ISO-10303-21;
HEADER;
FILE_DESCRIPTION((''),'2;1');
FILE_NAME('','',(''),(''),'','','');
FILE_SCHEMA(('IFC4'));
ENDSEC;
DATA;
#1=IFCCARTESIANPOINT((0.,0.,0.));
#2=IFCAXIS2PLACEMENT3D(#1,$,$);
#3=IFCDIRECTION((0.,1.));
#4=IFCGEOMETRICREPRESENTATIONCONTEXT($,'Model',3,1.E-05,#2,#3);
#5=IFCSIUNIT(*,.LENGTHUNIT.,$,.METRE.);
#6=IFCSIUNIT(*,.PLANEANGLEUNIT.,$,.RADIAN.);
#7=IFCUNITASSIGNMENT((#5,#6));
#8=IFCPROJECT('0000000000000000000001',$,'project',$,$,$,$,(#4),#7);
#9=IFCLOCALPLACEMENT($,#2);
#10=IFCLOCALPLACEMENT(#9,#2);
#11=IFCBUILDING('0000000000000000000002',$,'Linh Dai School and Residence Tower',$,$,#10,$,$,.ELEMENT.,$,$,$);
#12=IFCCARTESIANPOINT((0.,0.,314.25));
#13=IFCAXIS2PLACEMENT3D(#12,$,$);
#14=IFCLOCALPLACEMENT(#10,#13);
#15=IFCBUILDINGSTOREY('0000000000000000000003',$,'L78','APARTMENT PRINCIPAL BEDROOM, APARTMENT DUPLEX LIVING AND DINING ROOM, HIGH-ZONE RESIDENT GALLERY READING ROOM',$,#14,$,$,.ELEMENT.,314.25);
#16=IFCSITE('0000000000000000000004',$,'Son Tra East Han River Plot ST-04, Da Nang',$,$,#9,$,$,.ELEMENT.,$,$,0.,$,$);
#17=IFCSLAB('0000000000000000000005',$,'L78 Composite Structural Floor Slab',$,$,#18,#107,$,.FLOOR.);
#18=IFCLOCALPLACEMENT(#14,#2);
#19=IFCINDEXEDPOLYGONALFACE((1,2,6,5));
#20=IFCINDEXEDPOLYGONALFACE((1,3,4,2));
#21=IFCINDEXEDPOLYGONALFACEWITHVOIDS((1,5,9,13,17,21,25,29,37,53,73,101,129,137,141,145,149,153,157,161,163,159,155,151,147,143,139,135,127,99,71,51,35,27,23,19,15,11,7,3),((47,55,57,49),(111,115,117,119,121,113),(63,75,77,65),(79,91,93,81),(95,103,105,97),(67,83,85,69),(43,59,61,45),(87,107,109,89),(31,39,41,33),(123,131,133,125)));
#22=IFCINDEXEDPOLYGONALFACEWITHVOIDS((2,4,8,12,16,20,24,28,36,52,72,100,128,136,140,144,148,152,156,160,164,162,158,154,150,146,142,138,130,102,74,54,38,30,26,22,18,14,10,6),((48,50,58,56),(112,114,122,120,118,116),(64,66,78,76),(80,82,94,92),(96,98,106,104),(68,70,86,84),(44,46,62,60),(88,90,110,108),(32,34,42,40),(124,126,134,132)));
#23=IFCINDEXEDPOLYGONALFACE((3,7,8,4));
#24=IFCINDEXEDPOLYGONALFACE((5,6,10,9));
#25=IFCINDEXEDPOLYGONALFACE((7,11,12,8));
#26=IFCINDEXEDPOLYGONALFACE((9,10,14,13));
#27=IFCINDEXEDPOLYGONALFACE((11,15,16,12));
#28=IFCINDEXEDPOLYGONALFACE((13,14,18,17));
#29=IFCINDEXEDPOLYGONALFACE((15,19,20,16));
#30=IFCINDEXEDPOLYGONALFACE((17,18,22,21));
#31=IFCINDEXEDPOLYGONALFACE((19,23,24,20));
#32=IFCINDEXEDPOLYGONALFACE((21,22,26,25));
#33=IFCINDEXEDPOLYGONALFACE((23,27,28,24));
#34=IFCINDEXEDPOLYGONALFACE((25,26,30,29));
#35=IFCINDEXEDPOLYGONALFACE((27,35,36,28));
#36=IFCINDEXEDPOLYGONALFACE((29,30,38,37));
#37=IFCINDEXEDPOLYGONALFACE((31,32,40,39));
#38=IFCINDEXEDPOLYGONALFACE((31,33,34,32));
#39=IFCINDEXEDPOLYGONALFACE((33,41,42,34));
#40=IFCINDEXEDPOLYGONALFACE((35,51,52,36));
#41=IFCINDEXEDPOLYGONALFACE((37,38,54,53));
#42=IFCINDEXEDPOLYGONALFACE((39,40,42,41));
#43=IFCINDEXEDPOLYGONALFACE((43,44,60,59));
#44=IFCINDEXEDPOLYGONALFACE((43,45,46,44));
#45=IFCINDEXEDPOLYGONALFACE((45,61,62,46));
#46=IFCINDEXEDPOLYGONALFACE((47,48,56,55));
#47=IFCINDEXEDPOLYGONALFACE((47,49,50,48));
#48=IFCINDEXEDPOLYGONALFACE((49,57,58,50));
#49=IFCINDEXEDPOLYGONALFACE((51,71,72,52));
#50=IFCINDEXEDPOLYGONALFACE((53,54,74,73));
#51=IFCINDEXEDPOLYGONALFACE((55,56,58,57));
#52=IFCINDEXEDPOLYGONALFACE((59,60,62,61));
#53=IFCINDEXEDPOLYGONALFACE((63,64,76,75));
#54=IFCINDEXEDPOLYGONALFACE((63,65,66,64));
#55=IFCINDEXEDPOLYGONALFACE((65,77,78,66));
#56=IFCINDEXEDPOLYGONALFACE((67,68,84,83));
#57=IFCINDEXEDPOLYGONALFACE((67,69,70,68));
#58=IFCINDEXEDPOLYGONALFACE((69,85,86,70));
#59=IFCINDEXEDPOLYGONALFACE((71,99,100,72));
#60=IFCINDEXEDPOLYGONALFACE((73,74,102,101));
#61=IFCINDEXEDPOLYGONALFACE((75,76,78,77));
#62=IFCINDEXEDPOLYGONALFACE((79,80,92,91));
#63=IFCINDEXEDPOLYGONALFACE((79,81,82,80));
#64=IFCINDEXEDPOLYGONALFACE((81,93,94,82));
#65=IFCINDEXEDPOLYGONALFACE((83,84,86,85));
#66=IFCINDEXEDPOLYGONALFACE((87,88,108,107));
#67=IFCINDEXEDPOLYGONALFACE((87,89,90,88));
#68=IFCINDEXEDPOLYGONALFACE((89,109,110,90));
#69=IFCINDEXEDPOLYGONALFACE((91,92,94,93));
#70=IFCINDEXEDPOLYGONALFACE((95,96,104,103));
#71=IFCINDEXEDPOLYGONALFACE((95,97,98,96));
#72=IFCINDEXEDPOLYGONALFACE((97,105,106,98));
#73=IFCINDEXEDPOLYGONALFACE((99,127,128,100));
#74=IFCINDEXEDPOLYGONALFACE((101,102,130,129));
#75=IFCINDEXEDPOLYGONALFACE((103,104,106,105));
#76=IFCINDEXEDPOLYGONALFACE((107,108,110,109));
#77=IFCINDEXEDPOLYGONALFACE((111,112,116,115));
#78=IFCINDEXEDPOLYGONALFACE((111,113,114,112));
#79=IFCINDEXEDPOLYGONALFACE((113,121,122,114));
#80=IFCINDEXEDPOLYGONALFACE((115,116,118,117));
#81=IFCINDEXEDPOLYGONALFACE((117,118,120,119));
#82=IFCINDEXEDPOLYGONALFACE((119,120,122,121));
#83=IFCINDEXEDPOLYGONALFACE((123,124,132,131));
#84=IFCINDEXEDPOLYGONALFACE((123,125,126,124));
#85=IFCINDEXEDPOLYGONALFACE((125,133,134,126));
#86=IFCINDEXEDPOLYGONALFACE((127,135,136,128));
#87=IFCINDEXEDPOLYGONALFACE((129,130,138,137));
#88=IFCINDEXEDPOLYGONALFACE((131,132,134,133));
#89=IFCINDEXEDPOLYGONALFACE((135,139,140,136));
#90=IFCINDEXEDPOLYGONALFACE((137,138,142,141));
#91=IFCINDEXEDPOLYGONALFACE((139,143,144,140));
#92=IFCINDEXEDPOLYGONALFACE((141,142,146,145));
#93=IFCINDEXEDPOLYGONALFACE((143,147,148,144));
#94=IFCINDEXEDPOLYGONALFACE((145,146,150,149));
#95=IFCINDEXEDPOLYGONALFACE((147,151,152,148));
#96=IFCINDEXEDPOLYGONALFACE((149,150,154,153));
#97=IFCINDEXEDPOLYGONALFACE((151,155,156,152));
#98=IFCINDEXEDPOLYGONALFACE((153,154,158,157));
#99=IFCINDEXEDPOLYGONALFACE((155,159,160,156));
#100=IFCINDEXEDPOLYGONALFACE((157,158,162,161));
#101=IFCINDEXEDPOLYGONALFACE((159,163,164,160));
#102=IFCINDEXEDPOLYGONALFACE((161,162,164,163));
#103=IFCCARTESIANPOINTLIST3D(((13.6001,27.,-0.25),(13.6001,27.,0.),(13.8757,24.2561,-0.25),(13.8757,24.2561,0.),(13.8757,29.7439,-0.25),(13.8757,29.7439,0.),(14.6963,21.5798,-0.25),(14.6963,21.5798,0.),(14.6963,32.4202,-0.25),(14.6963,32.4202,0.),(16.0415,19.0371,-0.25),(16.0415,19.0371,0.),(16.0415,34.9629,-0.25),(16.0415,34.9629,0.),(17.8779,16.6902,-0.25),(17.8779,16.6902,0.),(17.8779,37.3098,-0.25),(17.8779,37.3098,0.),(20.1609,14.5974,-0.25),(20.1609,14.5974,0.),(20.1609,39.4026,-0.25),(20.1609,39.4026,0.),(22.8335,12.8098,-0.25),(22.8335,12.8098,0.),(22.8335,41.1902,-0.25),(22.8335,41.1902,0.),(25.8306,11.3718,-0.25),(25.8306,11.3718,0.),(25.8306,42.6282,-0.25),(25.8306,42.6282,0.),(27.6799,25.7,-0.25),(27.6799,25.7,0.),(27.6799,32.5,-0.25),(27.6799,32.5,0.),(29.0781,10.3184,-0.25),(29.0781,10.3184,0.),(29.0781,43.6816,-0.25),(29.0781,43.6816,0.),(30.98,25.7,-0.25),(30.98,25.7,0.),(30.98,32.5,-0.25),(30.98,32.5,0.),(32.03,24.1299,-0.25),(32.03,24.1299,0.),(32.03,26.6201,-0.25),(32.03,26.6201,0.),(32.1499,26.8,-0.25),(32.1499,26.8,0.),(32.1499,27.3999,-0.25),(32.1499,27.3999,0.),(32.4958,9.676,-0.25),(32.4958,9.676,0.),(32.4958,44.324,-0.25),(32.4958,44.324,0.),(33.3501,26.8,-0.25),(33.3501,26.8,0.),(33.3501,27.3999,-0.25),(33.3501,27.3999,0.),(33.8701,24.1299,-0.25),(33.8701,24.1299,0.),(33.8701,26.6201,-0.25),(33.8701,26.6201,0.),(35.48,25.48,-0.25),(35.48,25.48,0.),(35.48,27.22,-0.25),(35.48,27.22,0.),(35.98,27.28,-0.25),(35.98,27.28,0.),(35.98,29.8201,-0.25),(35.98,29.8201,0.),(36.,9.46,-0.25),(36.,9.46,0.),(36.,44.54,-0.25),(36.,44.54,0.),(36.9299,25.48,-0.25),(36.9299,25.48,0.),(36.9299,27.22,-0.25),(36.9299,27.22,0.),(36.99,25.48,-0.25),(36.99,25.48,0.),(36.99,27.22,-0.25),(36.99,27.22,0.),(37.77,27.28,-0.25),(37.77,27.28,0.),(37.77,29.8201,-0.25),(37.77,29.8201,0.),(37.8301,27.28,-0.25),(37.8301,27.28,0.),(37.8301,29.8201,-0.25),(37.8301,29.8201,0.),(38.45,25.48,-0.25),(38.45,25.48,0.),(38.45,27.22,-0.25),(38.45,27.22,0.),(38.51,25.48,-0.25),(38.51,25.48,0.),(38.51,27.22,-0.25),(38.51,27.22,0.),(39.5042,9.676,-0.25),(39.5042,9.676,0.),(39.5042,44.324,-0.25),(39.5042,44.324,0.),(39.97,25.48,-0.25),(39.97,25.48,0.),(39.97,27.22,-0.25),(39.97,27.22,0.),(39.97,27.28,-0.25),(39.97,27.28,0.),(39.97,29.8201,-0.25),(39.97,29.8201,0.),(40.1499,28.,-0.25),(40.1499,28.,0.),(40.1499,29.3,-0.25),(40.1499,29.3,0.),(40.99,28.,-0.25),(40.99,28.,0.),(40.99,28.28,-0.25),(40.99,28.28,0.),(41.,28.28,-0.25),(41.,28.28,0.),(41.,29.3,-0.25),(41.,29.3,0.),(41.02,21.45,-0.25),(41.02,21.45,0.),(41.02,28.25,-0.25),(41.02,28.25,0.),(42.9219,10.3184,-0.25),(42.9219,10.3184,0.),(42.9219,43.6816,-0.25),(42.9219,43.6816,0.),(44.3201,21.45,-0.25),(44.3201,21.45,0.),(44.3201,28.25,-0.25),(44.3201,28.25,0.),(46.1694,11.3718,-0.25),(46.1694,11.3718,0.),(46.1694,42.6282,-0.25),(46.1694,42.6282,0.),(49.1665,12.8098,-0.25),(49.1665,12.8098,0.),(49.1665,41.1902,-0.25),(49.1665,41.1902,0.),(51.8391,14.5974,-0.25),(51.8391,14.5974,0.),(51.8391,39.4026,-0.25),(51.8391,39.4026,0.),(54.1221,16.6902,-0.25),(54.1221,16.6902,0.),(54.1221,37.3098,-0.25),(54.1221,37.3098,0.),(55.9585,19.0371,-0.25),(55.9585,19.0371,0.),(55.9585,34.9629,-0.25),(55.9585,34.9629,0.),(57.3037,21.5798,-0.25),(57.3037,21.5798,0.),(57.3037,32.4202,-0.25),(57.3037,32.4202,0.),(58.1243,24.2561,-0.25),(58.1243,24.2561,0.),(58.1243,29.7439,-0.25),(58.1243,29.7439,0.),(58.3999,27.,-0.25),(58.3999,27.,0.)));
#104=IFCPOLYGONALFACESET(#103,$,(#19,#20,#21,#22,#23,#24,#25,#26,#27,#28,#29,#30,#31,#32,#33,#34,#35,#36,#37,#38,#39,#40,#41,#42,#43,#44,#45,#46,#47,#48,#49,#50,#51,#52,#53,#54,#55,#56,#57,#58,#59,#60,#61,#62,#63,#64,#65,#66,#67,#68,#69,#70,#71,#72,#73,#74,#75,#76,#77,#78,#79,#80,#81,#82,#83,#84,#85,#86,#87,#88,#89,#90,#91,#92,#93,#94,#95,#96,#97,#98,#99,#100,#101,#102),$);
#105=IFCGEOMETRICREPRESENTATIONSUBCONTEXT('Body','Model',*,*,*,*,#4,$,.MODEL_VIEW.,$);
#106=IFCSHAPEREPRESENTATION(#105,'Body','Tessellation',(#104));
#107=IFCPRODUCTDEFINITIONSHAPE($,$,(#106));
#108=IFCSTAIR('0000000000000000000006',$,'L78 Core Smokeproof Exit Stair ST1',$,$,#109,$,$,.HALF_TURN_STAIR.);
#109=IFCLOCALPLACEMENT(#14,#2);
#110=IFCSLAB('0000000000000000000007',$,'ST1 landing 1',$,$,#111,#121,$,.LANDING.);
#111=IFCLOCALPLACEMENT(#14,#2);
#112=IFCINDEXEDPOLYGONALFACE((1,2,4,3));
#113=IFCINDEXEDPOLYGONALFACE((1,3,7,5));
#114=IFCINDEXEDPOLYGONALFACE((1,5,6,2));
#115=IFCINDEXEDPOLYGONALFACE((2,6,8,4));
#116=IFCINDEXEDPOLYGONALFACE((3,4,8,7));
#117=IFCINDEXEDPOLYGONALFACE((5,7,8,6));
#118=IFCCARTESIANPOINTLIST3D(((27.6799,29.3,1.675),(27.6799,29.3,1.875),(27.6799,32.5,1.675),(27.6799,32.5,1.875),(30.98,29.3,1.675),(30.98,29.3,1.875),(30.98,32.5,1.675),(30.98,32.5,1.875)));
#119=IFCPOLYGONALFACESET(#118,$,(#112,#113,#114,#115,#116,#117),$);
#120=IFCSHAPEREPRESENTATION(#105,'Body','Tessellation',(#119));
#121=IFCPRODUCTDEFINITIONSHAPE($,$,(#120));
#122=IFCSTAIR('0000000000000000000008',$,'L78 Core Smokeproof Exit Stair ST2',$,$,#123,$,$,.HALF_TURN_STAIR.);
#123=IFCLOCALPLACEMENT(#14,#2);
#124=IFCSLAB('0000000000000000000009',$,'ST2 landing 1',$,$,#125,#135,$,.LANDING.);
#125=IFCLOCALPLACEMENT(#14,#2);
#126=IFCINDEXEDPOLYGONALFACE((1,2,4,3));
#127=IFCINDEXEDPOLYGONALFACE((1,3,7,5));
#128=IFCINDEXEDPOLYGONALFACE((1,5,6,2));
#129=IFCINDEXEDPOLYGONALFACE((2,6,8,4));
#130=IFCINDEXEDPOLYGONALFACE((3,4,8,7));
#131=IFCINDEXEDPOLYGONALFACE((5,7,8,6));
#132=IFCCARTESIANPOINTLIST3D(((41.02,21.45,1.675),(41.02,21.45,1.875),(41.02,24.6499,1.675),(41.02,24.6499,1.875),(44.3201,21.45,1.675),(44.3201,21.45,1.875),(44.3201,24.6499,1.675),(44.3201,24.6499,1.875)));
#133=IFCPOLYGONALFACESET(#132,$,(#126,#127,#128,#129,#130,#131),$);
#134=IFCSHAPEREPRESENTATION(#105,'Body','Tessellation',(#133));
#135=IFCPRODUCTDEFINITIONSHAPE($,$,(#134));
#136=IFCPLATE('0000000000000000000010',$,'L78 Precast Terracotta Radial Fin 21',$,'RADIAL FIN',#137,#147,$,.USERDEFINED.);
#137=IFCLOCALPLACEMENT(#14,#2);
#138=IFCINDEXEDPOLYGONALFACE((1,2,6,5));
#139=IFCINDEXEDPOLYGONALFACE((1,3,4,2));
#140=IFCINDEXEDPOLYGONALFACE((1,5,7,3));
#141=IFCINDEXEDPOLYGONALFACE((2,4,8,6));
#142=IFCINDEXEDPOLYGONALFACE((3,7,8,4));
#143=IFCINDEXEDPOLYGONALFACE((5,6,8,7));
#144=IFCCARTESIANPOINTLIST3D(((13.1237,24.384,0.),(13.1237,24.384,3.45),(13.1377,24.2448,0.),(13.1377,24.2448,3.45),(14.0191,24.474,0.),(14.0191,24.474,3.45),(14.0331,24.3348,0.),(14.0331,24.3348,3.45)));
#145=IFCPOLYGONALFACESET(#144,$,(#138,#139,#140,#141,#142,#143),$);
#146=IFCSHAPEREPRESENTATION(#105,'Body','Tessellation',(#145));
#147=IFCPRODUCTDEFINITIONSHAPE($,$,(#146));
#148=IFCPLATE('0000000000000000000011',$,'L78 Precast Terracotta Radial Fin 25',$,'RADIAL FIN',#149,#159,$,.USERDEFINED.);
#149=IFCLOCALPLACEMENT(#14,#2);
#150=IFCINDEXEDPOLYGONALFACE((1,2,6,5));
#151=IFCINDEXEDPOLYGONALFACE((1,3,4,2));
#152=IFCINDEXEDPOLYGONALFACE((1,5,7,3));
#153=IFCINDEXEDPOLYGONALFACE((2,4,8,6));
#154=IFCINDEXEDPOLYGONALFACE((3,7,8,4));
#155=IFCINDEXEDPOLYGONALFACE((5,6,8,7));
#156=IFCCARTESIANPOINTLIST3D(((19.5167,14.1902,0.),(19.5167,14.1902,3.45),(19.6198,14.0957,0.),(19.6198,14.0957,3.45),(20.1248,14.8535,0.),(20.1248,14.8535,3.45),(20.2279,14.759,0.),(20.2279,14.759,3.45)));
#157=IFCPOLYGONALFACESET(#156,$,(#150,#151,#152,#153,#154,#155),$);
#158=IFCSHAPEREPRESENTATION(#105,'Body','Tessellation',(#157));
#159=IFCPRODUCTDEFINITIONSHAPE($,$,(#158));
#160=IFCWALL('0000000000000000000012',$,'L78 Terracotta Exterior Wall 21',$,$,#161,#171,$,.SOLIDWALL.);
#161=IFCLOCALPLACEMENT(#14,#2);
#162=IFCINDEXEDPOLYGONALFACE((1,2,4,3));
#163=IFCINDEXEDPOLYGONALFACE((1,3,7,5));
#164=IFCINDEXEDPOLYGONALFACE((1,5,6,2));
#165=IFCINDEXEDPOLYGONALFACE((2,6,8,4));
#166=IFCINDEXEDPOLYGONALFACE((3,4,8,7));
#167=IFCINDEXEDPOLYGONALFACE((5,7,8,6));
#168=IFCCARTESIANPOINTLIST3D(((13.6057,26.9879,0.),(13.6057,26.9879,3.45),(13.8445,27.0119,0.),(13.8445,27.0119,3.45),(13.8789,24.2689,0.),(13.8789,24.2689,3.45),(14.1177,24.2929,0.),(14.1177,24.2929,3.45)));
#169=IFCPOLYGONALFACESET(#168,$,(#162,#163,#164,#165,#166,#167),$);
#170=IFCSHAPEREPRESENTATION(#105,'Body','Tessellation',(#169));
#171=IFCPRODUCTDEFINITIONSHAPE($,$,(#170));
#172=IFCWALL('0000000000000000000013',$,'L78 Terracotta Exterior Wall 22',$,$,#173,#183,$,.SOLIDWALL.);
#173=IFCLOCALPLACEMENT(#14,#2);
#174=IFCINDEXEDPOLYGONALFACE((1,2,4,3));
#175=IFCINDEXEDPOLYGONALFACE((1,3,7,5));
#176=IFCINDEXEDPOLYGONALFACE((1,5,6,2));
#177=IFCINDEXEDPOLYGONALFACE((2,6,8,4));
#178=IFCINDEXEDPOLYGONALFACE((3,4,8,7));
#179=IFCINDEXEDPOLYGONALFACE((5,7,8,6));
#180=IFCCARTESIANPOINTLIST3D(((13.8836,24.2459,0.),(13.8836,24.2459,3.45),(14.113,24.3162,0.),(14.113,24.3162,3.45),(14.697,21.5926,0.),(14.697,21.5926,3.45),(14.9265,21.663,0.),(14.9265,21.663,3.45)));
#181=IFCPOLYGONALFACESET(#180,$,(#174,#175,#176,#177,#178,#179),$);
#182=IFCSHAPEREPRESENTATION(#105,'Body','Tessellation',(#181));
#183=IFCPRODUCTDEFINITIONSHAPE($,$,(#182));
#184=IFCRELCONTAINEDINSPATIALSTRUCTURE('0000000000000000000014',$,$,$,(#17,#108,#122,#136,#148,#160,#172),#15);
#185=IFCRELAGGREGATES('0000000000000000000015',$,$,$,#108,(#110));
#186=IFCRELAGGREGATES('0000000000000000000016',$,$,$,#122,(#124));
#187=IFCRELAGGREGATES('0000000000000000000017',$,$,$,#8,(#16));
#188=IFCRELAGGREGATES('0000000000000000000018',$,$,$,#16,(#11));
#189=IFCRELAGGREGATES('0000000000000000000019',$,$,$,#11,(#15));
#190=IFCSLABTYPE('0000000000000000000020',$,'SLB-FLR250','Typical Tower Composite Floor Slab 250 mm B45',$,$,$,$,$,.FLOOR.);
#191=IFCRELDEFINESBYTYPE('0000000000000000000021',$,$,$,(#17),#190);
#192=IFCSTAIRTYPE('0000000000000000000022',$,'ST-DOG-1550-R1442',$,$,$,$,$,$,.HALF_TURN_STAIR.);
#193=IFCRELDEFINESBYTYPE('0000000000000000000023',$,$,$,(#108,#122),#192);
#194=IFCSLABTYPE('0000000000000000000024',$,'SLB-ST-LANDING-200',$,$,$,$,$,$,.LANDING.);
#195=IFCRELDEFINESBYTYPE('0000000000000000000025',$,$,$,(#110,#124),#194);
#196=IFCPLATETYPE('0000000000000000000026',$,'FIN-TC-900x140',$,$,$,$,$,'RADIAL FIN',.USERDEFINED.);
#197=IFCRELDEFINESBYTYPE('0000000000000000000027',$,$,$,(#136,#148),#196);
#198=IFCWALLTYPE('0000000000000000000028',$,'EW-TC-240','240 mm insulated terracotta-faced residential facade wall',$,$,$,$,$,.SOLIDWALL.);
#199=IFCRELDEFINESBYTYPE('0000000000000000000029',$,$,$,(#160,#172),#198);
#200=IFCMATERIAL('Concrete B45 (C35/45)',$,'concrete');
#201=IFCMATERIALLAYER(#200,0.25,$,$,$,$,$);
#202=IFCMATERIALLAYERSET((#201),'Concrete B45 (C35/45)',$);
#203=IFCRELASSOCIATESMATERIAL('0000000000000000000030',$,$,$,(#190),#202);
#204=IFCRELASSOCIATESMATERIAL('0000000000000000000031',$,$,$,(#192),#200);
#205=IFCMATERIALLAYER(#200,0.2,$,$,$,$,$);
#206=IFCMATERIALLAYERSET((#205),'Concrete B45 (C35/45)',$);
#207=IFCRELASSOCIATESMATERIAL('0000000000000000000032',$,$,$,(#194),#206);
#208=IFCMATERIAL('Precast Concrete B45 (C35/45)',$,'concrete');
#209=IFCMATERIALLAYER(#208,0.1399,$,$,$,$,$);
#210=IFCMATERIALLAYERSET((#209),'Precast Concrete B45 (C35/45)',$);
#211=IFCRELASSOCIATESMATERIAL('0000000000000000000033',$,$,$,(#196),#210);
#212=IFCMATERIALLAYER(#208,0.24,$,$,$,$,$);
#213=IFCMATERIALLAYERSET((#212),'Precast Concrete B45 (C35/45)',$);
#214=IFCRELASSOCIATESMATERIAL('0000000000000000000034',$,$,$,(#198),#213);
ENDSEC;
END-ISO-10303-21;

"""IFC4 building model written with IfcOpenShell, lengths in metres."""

from ifc_helpers import new_model, si_unit, direction, frame, frame_2d, origin, origin_2d, place, context, subcontext, project, spatial, polyline, rectangle, outline, extrude, source, transform, mapped, material, layer, layer_set, type_object, element, aggregate, save


model = new_model("IFC4")

# Units and contexts
model_context = context("Model", 3, precision=1e-05, world=origin(), true_north=direction((0.0, 1.0)))
body_context = subcontext(model_context, "Body", "Model", "MODEL_VIEW")
ifc_project = project(units=[si_unit("LENGTHUNIT", "METRE"), si_unit("PLANEANGLEUNIT", "RADIAN")], contexts=[model_context])

# Site, building, storey
site_placement = place(None, origin())
site = spatial("IfcSite", under=ifc_project, at=site_placement, Name="Son Tra East Han River Plot ST-04, Da Nang", CompositionType="ELEMENT", RefElevation=0.0)
building_placement = place(site_placement, origin())
building = spatial("IfcBuilding", under=site, at=building_placement, Name="Linh Dai School and Residence Tower", CompositionType="ELEMENT")
storey_placement = place(building_placement, frame((0.0, 0.0, 314.25)))
storey = spatial("IfcBuildingStorey", under=building, at=storey_placement, Name="L78", Description="APARTMENT PRINCIPAL BEDROOM, APARTMENT DUPLEX LIVING AND DINING ROOM, HIGH-ZONE RESIDENT GALLERY READING ROOM", CompositionType="ELEMENT", Elevation=314.25)

# Slab
ifc_material_1 = material(Name="Concrete B45 (C35/45)", Category="concrete")
ifc_layer_1 = layer(ifc_material_1, 0.25)
ifc_layer_set_1 = layer_set([ifc_layer_1], Name="Concrete B45 (C35/45)")
slab_type_1 = type_object("IfcSlabType", Name="SLB-FLR250", Description="Typical Tower Composite Floor Slab 250 mm B45", PredefinedType="FLOOR", material=ifc_layer_set_1)
slab_1_placement = place(storey_placement, frame((0.0, 0.0, -0.25)))
element("IfcSlab", 1, at=slab_1_placement, inside=storey, type_object=slab_type_1, Name="L78 Composite Structural Floor Slab", PredefinedType="FLOOR", context=body_context, shape_type="SweptSolid", body=[
    extrude(outline(polyline([(58.3999, 27.0), (58.1243, 29.7439), (57.3037, 32.4202), (55.9585, 34.9629), (54.1221, 37.3098), (51.8391, 39.4026), (49.1665, 41.1902), (46.1694, 42.6282), (42.9219, 43.6816), (39.5042, 44.324), (36.0, 44.54), (32.4958, 44.324), (29.0781, 43.6816), (25.8306, 42.6282), (22.8335, 41.1902), (20.1609, 39.4026), (17.8779, 37.3098), (16.0415, 34.9629), (14.6963, 32.4202), (13.8757, 29.7439), (13.6001, 27.0), (13.8757, 24.2561), (14.6963, 21.5798), (16.0415, 19.0371), (17.8779, 16.6902), (20.1609, 14.5974), (22.8335, 12.8098), (25.8306, 11.3718), (29.0781, 10.3184), (32.4958, 9.676), (36.0, 9.46), (39.5042, 9.676), (42.9219, 10.3184), (46.1694, 11.3718), (49.1665, 12.8098), (51.8391, 14.5974), (54.1221, 16.6902), (55.9585, 19.0371), (57.3037, 21.5798), (58.1243, 24.2561), (58.3999, 27.0)]), holes=[polyline([(30.98, 25.7), (30.98, 32.5), (27.6799, 32.5), (27.6799, 25.7), (30.98, 25.7)]), polyline([(41.02, 28.25), (41.02, 21.45), (44.3201, 21.45), (44.3201, 28.25), (41.02, 28.25)]), polyline([(35.98, 27.28), (37.77, 27.28), (37.77, 29.8201), (35.98, 29.8201), (35.98, 27.28)]), polyline([(32.03, 24.1299), (33.8701, 24.1299), (33.8701, 26.6201), (32.03, 26.6201), (32.03, 24.1299)]), polyline([(37.8301, 27.28), (39.97, 27.28), (39.97, 29.8201), (37.8301, 29.8201), (37.8301, 27.28)]), polyline([(35.48, 25.48), (36.9299, 25.48), (36.9299, 27.22), (35.48, 27.22), (35.48, 25.48)]), polyline([(36.99, 25.48), (38.45, 25.48), (38.45, 27.22), (36.99, 27.22), (36.99, 25.48)]), polyline([(38.51, 25.48), (39.97, 25.48), (39.97, 27.22), (38.51, 27.22), (38.51, 25.48)]), polyline([(40.1499, 28.0), (40.1499, 29.3), (41.0, 29.3), (41.0, 28.28), (40.99, 28.28), (40.99, 28.0), (40.1499, 28.0)]), polyline([(32.1499, 26.8), (33.3501, 26.8), (33.3501, 27.3999), (32.1499, 27.3999), (32.1499, 26.8)])]), origin(), (0.0, 0.0, 1.0), 0.25),
])

# Stairs, slabs
stair_type = type_object("IfcStairType", Name="ST-DOG-1550-R1442", PredefinedType="HALF_TURN_STAIR", material=ifc_material_1)
stair_1_placement = place(storey_placement, origin())
stair_1 = element("IfcStair", 2, at=stair_1_placement, inside=storey, type_object=stair_type, Name="L78 Core Smokeproof Exit Stair ST1", PredefinedType="HALF_TURN_STAIR")
ifc_layer_2 = layer(ifc_material_1, 0.2)
ifc_layer_set_2 = layer_set([ifc_layer_2], Name="Concrete B45 (C35/45)")
slab_type_2 = type_object("IfcSlabType", Name="SLB-ST-LANDING-200", PredefinedType="LANDING", material=ifc_layer_set_2)
slab_2_placement = place(storey_placement, frame((0.0, 0.0, 1.675)))
slab_2 = element("IfcSlab", 3, at=slab_2_placement, type_object=slab_type_2, Name="ST1 landing 1", PredefinedType="LANDING", context=body_context, shape_type="SweptSolid", body=[
    extrude(outline(polyline([(30.98, 29.3), (30.98, 32.5), (27.6799, 32.5), (27.6799, 29.3), (30.98, 29.3)])), origin(), (0.0, 0.0, 1.0), 0.2),
])
aggregate(stair_1, [slab_2])
stair_2_placement = place(storey_placement, origin())
stair_2 = element("IfcStair", 4, at=stair_2_placement, inside=storey, type_object=stair_type, Name="L78 Core Smokeproof Exit Stair ST2", PredefinedType="HALF_TURN_STAIR")
slab_3_placement = place(storey_placement, frame((0.0, 0.0, 1.675)))
slab_3 = element("IfcSlab", 5, at=slab_3_placement, type_object=slab_type_2, Name="ST2 landing 1", PredefinedType="LANDING", context=body_context, shape_type="SweptSolid", body=[
    extrude(outline(polyline([(41.02, 24.6499), (41.02, 21.45), (44.3201, 21.45), (44.3201, 24.6499), (41.02, 24.6499)])), origin(), (0.0, 0.0, 1.0), 0.2),
])
aggregate(stair_2, [slab_3])

# Plates
ifc_material_2 = material(Name="Precast Concrete B45 (C35/45)", Category="concrete")
ifc_layer_3 = layer(ifc_material_2, 0.1399)
ifc_layer_set_3 = layer_set([ifc_layer_3], Name="Precast Concrete B45 (C35/45)")
plate_type = type_object("IfcPlateType", Name="FIN-TC-900x140", ElementType="RADIAL FIN", PredefinedType="USERDEFINED", material=ifc_layer_set_3)
shared_shape_1 = source(origin(), body_context, "Body", "SweptSolid", [
    extrude(rectangle(XDim=0.8999, YDim=0.1399, at=origin_2d()), origin(), (0.0, 0.0, 1.0), 3.45),
])
for number, where, z_axis, x_axis, name in (
    (6, (13.5784, 24.3594, 0.0), (0.0, 0.0, 1.0), (-0.994987, -0.100008, 0.0), "L78 Precast Terracotta Radial Fin 21"),
    (7, (19.8723, 14.4746, 0.0), (0.0, 0.0, 1.0), (-0.675779, -0.737104, 0.0), "L78 Precast Terracotta Radial Fin 25"),
):
    element("IfcPlate", number, at=place(storey_placement, frame(where, z_axis=z_axis, x_axis=x_axis)), inside=storey, type_object=plate_type, Name=name, ObjectType="RADIAL FIN", PredefinedType="USERDEFINED", context=body_context, shape_type="MappedRepresentation", body=[
        mapped(shared_shape_1, transform((0.0, 0.0, 0.0), x_axis=(1.0, 0.0, 0.0), y_axis=(0.0, 1.0, 0.0), z_axis=(0.0, 0.0, 1.0), scale=1.0)),
    ])

# Walls
ifc_layer_4 = layer(ifc_material_2, 0.24)
ifc_layer_set_4 = layer_set([ifc_layer_4], Name="Precast Concrete B45 (C35/45)")
wall_type_1 = type_object("IfcWallType", Name="EW-TC-240", Description="240 mm insulated terracotta-faced residential facade wall", PredefinedType="SOLIDWALL", material=ifc_layer_set_4)
wall_1_placement = place(storey_placement, frame((13.9983, 24.281, 0.0), z_axis=(0.0, 0.0, 1.0), x_axis=(-0.099973, 0.99499, 0.0)))
element("IfcWall", 8, at=wall_1_placement, inside=storey, type_object=wall_type_1, Name="L78 Terracotta Exterior Wall 21", PredefinedType="SOLIDWALL", context=body_context, shape_type="SweptSolid", body=[
    extrude(rectangle(XDim=2.7327, YDim=0.24, at=frame_2d((1.3662, 0.0))), origin(), (0.0, 0.0, 1.0), 3.45),
])
wall_2_placement = place(storey_placement, frame((14.8118, 21.6277, 0.0), z_axis=(0.0, 0.0, 1.0), x_axis=(-0.293121, 0.956075, 0.0)))
element("IfcWall", 9, at=wall_2_placement, inside=storey, type_object=wall_type_1, Name="L78 Terracotta Exterior Wall 22", PredefinedType="SOLIDWALL", context=body_context, shape_type="SweptSolid", body=[
    extrude(rectangle(XDim=2.7751, YDim=0.24, at=frame_2d((1.3877, 0.0))), origin(), (0.0, 0.0, 1.0), 3.45),
])

save(model, "model.ifc")
